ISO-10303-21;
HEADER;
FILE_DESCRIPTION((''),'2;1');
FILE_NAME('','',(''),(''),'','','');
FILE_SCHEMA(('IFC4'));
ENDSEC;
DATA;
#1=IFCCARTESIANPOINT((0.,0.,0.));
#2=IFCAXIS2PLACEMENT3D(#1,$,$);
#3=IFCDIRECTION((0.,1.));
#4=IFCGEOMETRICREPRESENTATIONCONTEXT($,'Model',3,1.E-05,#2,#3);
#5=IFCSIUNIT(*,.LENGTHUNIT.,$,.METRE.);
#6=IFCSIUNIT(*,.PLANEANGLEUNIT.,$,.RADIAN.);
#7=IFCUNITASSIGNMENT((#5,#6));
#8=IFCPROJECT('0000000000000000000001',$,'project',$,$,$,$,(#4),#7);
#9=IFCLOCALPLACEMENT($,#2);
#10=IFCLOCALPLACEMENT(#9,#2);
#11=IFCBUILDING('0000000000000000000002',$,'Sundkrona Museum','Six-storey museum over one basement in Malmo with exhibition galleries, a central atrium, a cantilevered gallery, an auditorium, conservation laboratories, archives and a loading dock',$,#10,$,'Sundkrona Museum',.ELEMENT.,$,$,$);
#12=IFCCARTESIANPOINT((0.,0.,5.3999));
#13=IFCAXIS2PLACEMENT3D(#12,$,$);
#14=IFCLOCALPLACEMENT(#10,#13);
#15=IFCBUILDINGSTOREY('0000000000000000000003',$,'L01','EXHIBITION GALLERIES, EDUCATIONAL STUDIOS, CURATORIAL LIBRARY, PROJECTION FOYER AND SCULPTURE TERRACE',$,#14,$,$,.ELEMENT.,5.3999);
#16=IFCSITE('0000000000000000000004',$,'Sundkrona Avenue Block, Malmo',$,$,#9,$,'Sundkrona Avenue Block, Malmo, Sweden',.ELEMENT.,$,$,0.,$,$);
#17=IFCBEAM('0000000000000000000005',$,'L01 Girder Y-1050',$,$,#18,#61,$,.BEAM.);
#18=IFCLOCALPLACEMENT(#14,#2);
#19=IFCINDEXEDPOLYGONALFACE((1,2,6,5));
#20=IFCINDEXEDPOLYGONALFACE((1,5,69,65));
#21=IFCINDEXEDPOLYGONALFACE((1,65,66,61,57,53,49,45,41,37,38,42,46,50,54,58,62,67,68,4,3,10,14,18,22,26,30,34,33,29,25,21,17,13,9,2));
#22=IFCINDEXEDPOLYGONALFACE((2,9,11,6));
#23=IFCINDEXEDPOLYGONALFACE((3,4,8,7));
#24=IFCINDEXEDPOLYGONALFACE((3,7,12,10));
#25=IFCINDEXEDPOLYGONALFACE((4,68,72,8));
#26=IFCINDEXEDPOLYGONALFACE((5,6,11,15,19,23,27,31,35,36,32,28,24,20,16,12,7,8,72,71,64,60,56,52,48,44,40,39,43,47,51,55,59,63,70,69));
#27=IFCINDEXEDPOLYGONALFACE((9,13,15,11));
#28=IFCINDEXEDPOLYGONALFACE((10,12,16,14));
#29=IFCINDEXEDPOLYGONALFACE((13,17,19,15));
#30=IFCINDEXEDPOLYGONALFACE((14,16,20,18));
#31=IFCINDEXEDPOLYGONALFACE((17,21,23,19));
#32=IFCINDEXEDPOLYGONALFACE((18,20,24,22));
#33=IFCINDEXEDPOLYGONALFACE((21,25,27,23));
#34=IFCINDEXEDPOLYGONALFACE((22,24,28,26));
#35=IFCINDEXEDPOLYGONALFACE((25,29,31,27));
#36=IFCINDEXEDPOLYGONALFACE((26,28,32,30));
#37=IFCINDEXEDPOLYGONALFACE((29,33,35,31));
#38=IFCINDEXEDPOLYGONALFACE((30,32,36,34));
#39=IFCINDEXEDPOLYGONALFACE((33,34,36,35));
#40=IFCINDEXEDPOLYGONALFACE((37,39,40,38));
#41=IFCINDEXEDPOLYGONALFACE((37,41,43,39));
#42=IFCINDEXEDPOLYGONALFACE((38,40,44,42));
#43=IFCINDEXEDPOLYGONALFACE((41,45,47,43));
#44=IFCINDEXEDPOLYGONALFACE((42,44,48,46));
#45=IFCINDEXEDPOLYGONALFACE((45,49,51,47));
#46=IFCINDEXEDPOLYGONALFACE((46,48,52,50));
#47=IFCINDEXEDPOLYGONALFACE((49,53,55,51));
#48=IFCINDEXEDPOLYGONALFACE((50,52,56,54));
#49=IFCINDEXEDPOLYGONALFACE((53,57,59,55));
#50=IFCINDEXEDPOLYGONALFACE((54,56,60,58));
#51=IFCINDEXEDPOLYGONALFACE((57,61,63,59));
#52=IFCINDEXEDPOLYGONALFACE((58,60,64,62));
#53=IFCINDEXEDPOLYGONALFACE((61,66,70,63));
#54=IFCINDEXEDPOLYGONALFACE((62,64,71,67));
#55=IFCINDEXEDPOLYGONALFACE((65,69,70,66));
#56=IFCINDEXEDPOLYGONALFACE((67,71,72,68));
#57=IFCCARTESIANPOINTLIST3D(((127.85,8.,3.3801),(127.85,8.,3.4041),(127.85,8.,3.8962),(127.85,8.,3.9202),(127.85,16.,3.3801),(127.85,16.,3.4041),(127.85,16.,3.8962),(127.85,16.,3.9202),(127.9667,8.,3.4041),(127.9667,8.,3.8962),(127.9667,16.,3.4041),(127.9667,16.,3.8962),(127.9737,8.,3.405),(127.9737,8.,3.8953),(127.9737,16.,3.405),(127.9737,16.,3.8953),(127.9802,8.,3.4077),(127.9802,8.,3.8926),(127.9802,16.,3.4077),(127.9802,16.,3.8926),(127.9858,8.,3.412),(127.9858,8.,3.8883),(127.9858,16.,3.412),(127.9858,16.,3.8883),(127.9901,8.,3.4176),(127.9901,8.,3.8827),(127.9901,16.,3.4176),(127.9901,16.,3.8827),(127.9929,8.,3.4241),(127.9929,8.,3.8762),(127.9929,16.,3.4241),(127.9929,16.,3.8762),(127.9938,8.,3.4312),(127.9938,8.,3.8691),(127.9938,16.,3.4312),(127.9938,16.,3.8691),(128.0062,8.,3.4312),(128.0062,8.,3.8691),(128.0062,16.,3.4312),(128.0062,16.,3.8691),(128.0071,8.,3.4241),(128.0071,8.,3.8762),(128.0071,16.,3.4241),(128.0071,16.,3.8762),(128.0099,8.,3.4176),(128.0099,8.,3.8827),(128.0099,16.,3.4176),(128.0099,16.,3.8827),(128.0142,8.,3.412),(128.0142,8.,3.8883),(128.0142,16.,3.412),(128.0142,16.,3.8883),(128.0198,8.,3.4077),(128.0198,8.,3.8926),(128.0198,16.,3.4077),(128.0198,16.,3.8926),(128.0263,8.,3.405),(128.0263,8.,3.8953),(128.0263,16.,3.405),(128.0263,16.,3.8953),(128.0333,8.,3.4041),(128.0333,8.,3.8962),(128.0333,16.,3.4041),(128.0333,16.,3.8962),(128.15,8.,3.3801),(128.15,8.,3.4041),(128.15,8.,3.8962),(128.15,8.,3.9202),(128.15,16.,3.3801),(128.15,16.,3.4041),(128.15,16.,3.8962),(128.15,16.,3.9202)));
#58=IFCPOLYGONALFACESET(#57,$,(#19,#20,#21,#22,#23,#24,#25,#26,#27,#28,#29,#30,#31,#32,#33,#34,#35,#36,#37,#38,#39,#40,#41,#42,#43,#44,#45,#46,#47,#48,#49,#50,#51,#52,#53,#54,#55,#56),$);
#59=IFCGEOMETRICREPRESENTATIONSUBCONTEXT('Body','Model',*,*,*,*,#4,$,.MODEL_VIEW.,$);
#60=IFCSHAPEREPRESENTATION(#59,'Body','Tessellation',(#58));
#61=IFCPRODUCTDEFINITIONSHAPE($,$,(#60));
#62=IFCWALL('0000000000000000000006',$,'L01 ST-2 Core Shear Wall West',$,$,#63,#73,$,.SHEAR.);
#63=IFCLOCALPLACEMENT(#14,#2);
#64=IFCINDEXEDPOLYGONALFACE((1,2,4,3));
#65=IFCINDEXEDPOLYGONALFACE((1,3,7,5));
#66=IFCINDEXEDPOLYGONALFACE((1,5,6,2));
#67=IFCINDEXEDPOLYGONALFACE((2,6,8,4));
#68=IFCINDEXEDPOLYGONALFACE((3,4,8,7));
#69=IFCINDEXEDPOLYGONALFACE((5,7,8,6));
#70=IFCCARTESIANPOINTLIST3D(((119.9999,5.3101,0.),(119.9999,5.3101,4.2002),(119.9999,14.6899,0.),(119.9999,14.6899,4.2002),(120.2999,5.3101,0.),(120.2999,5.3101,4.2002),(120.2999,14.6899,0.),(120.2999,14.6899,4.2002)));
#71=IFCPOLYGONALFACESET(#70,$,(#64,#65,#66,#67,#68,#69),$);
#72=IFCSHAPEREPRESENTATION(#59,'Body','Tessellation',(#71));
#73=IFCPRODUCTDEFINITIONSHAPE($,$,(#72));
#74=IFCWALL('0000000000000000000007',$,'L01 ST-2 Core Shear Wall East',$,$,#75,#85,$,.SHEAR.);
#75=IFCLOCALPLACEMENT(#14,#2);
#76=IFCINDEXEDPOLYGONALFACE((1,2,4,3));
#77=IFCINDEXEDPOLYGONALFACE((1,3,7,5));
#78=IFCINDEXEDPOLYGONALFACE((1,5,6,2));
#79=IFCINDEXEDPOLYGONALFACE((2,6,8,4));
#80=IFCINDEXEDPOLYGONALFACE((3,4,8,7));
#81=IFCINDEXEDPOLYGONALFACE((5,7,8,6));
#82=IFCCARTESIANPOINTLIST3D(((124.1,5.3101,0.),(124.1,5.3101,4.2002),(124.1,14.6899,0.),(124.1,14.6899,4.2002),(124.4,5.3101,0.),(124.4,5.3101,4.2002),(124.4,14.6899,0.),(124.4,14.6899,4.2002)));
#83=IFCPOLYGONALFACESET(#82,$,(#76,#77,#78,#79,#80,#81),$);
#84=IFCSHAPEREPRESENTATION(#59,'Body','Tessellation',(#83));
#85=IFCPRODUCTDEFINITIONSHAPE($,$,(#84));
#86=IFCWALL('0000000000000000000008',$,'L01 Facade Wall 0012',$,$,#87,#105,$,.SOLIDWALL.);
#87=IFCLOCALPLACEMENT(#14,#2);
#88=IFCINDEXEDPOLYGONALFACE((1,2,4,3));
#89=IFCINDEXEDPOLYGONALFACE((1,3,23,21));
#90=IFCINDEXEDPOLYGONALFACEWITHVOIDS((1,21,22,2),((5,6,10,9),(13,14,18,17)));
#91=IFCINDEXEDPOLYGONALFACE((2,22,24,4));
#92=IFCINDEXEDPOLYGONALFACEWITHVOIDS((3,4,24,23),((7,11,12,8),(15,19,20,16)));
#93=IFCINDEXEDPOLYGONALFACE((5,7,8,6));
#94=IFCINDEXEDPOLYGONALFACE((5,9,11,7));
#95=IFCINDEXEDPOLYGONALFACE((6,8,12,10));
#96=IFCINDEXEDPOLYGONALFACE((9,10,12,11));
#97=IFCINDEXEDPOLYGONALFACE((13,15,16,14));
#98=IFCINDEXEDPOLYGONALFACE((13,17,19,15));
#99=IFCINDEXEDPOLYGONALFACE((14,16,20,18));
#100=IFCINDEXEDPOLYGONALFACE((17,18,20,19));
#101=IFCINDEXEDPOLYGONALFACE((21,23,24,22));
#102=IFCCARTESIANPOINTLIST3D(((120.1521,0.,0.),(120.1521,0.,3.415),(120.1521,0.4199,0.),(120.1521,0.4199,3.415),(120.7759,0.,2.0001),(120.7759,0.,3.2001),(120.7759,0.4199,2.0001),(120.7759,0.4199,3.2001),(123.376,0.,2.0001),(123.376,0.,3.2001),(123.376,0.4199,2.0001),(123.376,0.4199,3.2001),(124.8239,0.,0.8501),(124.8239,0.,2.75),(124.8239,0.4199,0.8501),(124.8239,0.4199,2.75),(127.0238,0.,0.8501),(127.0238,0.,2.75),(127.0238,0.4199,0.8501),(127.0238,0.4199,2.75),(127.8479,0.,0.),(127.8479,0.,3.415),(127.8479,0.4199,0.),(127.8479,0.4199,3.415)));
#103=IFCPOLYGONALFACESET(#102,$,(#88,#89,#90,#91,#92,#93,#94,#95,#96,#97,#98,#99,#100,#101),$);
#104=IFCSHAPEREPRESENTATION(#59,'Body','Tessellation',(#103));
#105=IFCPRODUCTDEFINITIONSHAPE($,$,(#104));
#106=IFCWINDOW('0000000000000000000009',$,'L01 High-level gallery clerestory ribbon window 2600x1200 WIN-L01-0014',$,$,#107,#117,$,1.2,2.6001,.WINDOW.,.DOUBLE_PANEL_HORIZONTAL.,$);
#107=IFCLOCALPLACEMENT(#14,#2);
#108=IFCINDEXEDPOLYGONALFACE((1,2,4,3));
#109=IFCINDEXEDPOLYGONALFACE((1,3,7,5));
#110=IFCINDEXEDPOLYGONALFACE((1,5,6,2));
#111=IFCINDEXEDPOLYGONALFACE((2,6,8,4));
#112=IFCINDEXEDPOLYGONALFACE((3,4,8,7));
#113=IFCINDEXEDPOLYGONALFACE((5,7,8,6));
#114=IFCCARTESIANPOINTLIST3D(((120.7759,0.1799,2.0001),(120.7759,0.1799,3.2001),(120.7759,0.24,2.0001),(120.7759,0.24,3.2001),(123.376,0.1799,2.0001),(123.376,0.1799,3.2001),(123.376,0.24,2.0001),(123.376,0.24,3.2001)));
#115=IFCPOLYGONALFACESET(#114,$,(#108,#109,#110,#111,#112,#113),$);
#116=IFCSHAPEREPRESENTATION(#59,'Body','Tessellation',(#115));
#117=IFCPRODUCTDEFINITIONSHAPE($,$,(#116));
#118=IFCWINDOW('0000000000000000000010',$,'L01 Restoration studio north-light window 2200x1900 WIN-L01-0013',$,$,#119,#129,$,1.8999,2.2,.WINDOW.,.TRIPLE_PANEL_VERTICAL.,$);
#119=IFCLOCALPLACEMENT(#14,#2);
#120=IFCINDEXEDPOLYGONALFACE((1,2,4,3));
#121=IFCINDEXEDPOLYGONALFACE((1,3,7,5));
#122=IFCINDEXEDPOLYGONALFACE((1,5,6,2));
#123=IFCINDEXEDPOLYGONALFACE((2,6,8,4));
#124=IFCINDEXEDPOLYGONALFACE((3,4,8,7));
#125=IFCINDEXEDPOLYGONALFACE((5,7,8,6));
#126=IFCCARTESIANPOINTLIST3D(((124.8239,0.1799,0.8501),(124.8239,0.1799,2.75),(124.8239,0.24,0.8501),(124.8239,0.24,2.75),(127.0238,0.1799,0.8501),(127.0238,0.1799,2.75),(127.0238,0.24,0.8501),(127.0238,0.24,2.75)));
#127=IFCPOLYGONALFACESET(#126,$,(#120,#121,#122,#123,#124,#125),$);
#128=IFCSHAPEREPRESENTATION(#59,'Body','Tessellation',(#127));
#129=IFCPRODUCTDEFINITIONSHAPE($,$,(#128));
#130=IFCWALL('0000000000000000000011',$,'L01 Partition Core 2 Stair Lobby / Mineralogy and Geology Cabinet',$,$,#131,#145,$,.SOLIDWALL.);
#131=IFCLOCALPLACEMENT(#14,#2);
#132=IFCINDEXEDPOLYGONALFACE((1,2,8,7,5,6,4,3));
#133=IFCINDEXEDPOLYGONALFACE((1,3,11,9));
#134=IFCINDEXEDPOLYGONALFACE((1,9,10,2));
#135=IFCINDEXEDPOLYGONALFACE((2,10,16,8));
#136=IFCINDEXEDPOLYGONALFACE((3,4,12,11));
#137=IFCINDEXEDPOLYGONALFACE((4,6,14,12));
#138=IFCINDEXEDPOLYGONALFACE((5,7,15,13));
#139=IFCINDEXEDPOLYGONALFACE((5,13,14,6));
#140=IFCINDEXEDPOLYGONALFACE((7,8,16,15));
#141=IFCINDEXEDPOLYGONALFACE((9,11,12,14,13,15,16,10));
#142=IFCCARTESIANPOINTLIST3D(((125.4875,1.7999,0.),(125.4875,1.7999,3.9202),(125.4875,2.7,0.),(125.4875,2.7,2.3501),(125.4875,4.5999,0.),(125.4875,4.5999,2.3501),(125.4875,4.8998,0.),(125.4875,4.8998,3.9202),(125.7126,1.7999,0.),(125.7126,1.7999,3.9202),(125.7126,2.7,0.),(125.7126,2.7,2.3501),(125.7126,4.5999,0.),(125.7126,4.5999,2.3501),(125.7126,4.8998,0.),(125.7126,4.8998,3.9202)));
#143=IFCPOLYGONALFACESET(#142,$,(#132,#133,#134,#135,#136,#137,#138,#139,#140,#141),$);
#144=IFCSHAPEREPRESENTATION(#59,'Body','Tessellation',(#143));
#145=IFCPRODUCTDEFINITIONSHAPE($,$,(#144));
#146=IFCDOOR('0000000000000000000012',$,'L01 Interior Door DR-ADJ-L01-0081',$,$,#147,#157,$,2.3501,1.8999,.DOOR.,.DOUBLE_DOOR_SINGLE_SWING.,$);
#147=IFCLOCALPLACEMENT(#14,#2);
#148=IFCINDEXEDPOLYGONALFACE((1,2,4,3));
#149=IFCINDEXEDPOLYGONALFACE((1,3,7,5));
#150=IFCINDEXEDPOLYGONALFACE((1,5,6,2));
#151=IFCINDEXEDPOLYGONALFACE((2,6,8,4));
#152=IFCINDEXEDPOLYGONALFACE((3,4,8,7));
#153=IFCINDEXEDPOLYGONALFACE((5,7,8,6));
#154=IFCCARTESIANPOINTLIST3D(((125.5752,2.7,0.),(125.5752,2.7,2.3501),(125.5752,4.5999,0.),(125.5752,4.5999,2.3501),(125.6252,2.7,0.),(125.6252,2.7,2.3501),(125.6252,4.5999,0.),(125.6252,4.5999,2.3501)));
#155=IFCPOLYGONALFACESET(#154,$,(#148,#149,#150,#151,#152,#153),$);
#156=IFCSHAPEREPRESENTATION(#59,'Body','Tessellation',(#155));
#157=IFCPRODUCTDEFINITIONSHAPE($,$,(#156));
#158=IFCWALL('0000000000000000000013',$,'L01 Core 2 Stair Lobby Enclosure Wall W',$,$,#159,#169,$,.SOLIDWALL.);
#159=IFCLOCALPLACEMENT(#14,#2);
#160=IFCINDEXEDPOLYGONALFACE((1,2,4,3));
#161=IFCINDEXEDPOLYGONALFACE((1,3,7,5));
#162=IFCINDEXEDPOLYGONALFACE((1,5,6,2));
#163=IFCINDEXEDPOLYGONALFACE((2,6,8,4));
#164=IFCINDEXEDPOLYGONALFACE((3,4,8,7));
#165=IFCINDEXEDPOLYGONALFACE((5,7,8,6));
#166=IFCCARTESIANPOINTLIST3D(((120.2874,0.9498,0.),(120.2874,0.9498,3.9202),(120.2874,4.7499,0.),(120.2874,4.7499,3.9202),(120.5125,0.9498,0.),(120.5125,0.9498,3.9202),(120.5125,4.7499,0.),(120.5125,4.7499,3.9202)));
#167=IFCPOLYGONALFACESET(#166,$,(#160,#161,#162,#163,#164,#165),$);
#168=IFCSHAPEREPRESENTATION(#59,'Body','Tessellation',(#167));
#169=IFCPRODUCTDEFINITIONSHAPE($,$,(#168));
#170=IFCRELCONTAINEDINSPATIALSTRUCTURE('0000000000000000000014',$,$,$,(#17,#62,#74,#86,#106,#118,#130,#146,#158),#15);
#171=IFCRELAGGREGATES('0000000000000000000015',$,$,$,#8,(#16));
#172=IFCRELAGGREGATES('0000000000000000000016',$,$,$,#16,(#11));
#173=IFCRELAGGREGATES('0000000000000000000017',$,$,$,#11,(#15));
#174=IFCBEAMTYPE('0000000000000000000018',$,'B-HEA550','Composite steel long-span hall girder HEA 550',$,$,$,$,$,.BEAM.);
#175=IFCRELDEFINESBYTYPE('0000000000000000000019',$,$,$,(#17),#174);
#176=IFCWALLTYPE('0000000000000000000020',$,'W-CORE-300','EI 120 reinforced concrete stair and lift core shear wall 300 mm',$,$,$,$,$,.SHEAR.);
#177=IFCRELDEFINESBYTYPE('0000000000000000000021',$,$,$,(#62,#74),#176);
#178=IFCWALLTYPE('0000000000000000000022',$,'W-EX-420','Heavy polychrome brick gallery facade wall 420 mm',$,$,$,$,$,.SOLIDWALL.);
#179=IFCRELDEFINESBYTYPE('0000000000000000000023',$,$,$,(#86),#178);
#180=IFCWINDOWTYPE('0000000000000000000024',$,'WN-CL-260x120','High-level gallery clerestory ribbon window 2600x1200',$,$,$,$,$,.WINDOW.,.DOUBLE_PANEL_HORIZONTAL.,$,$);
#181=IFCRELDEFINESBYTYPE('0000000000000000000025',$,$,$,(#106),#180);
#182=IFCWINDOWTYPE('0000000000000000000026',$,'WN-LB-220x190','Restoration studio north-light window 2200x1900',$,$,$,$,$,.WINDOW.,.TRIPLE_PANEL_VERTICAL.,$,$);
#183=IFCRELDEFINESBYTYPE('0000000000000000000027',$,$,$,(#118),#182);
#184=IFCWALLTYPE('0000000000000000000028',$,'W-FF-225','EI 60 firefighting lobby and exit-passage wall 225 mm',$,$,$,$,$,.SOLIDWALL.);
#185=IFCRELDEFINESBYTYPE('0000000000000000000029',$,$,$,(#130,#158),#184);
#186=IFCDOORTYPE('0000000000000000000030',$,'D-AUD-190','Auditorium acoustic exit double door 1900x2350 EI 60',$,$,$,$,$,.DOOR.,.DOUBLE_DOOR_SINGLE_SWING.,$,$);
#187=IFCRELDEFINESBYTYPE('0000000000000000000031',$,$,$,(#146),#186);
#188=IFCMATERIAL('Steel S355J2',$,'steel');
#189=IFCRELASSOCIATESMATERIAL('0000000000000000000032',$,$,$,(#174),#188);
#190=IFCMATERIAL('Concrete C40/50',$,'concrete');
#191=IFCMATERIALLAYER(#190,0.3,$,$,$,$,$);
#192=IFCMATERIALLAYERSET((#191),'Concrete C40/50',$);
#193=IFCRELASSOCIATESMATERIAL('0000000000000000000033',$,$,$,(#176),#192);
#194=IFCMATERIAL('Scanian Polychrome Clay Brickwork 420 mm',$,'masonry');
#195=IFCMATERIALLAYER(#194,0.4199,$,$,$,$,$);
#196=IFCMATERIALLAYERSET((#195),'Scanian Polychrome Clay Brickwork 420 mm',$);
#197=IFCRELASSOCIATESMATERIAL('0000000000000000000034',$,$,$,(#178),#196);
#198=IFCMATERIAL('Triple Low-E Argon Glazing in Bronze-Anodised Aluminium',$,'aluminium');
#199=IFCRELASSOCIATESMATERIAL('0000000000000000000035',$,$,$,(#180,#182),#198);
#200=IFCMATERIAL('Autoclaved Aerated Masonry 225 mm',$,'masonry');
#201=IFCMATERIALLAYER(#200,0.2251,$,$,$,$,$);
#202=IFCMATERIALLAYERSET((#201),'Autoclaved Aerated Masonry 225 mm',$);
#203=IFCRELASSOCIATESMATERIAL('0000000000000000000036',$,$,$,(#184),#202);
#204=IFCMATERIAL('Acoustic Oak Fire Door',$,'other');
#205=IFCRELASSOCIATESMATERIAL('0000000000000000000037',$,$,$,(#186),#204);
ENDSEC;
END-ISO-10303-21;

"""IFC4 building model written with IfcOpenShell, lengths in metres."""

from ifc_helpers import new_model, si_unit, direction, frame, frame_2d, origin, origin_2d, place, context, subcontext, project, spatial, rectangle, i_section, extrude, material, layer, layer_set, material_profile, profile_set, type_object, element, fill, save


model = new_model("IFC4")

# Units and contexts
model_context = context("Model", 3, precision=1e-05, world=origin(), true_north=direction((0.0, 1.0)))
body_context = subcontext(model_context, "Body", "Model", "MODEL_VIEW")
ifc_project = project(units=[si_unit("LENGTHUNIT", "METRE"), si_unit("PLANEANGLEUNIT", "RADIAN")], contexts=[model_context])

# Site, building, storey
site_placement = place(None, origin())
site = spatial("IfcSite", under=ifc_project, at=site_placement, Name="Sundkrona Avenue Block, Malmo", LongName="Sundkrona Avenue Block, Malmo, Sweden", CompositionType="ELEMENT", RefElevation=0.0)
building_placement = place(site_placement, origin())
building = spatial("IfcBuilding", under=site, at=building_placement, Name="Sundkrona Museum", Description="Six-storey museum over one basement in Malmo with exhibition galleries, a central atrium, a cantilevered gallery, an auditorium, conservation laboratories, archives and a loading dock", LongName="Sundkrona Museum", CompositionType="ELEMENT")
storey_placement = place(building_placement, frame((0.0, 0.0, 5.3999)))
storey = spatial("IfcBuildingStorey", under=building, at=storey_placement, Name="L01", Description="EXHIBITION GALLERIES, EDUCATIONAL STUDIOS, CURATORIAL LIBRARY, PROJECTION FOYER AND SCULPTURE TERRACE", CompositionType="ELEMENT", Elevation=5.3999)

# Shared definitions
ifc_material_1 = material(Name="Steel S355J2", Category="steel")

# Beam
ifc_material_profile_1 = material_profile(ifc_material_1, i_section(OverallWidth=0.3, OverallDepth=0.54, WebThickness=0.0125, FlangeThickness=0.0239, FilletRadius=0.0271, at=origin_2d()), Name="HEA 550")
ifc_profile_set_1 = profile_set([ifc_material_profile_1], Name="Steel S355J2")
beam_type = type_object("IfcBeamType", Name="B-HEA550", Description="Composite steel long-span hall girder HEA 550", PredefinedType="BEAM", material=ifc_profile_set_1)
for number, where, z_axis, x_axis, name in (
    (1, (128.0, 8.0, 3.6501), (0.0, 1.0, 0.0), (-1.0, 0.0, 0.0), "L01 Girder Y-1050"),
):
    element("IfcBeam", number, at=place(storey_placement, frame(where, z_axis=z_axis, x_axis=x_axis)), inside=storey, type_object=beam_type, Name=name, PredefinedType="BEAM", context=body_context, shape_type="SweptSolid", body=[
        extrude(i_section(OverallWidth=0.3, OverallDepth=0.54, WebThickness=0.0125, FlangeThickness=0.0239, FilletRadius=0.0271, at=origin_2d()), origin(), (0.0, 0.0, 1.0), 8.0),
    ])

# Walls
ifc_material_2 = material(Name="Concrete C40/50", Category="concrete")
ifc_layer_1 = layer(ifc_material_2, 0.3)
ifc_layer_set_1 = layer_set([ifc_layer_1], Name="Concrete C40/50")
wall_type_1 = type_object("IfcWallType", Name="W-CORE-300", Description="EI 120 reinforced concrete stair and lift core shear wall 300 mm", PredefinedType="SHEAR", material=ifc_layer_set_1)
for number, where, z_axis, x_axis, name in (
    (2, (120.1499, 5.3101, 0.0), (0.0, 0.0, 1.0), (0.0, 1.0, 0.0), "L01 ST-2 Core Shear Wall West"),
    (3, (124.25, 5.3101, 0.0), (0.0, 0.0, 1.0), (0.0, 1.0, 0.0), "L01 ST-2 Core Shear Wall East"),
):
    element("IfcWall", number, at=place(storey_placement, frame(where, z_axis=z_axis, x_axis=x_axis)), inside=storey, type_object=wall_type_1, Name=name, PredefinedType="SHEAR", context=body_context, shape_type="SweptSolid", body=[
        extrude(rectangle(XDim=9.3799, YDim=0.3, at=frame_2d((4.6899, 0.0))), origin(), (0.0, 0.0, 1.0), 4.2002),
    ])

# Wall, openings, windows
ifc_material_3 = material(Name="Scanian Polychrome Clay Brickwork 420 mm", Category="masonry")
ifc_layer_2 = layer(ifc_material_3, 0.4199)
ifc_layer_set_2 = layer_set([ifc_layer_2], Name="Scanian Polychrome Clay Brickwork 420 mm")
wall_type_2 = type_object("IfcWallType", Name="W-EX-420", Description="Heavy polychrome brick gallery facade wall 420 mm", PredefinedType="SOLIDWALL", material=ifc_layer_set_2)
wall_1_placement = place(storey_placement, frame((127.8479, 0.21, 0.0), z_axis=(0.0, 0.0, 1.0), x_axis=(-1.0, 0.0, 0.0)))
wall_1 = element("IfcWall", 4, at=wall_1_placement, inside=storey, type_object=wall_type_2, Name="L01 Facade Wall 0012", PredefinedType="SOLIDWALL", context=body_context, shape_type="SweptSolid", body=[
    extrude(rectangle(XDim=7.6958, YDim=0.4199, at=frame_2d((3.8479, 0.0))), origin(), (0.0, 0.0, 1.0), 3.415),
])
opening_1_placement = place(wall_1_placement, frame((0.824, 0.0, 0.8501)))
opening_1 = element("IfcOpeningElement", 5, at=opening_1_placement, cuts=wall_1, PredefinedType="OPENING", context=body_context, shape_type="SweptSolid", body=[
    extrude(rectangle(XDim=2.2, YDim=1.8999, at=frame_2d((1.1001, 0.95))), frame((0.0, 0.22, 0.0), z_axis=(0.0, -1.0, 0.0), x_axis=(1.0, 0.0, 0.0)), (0.0, 0.0, 1.0), 0.4399),
])
opening_2_placement = place(wall_1_placement, frame((4.4719, 0.0, 2.0)))
opening_2 = element("IfcOpeningElement", 6, at=opening_2_placement, cuts=wall_1, PredefinedType="OPENING", context=body_context, shape_type="SweptSolid", body=[
    extrude(rectangle(XDim=2.6001, YDim=1.2, at=frame_2d((1.3, 0.6001))), frame((0.0, 0.22, 0.0), z_axis=(0.0, -1.0, 0.0), x_axis=(1.0, 0.0, 0.0)), (0.0, 0.0, 1.0), 0.4399),
])
ifc_material_4 = material(Name="Triple Low-E Argon Glazing in Bronze-Anodised Aluminium", Category="aluminium")
window_type_1 = type_object("IfcWindowType", Name="WN-CL-260x120", Description="High-level gallery clerestory ribbon window 2600x1200", PartitioningType="DOUBLE_PANEL_HORIZONTAL", PredefinedType="WINDOW", material=ifc_material_4)
window_1_placement = place(opening_2_placement, origin())
window_1 = element("IfcWindow", 7, at=window_1_placement, inside=storey, type_object=window_type_1, Name="L01 High-level gallery clerestory ribbon window 2600x1200 WIN-L01-0014", OverallHeight=1.2, OverallWidth=2.6001, PartitioningType="DOUBLE_PANEL_HORIZONTAL", PredefinedType="WINDOW", context=body_context, shape_type="SweptSolid", body=[
    extrude(rectangle(XDim=2.6001, YDim=1.2, at=frame_2d((1.3, 0.6001))), frame((0.0, 0.03, 0.0), z_axis=(0.0, -1.0, 0.0), x_axis=(1.0, 0.0, 0.0)), (0.0, 0.0, 1.0), 0.0601),
])
fill(opening_2, window_1)
window_type_2 = type_object("IfcWindowType", Name="WN-LB-220x190", Description="Restoration studio north-light window 2200x1900", PartitioningType="TRIPLE_PANEL_VERTICAL", PredefinedType="WINDOW", material=ifc_material_4)
window_2_placement = place(opening_1_placement, origin())
window_2 = element("IfcWindow", 8, at=window_2_placement, inside=storey, type_object=window_type_2, Name="L01 Restoration studio north-light window 2200x1900 WIN-L01-0013", OverallHeight=1.8999, OverallWidth=2.2, PartitioningType="TRIPLE_PANEL_VERTICAL", PredefinedType="WINDOW", context=body_context, shape_type="SweptSolid", body=[
    extrude(rectangle(XDim=2.2, YDim=1.8999, at=frame_2d((1.1001, 0.95))), frame((0.0, 0.03, 0.0), z_axis=(0.0, -1.0, 0.0), x_axis=(1.0, 0.0, 0.0)), (0.0, 0.0, 1.0), 0.0601),
])
fill(opening_1, window_2)

# Wall, opening, door
ifc_material_5 = material(Name="Autoclaved Aerated Masonry 225 mm", Category="masonry")
ifc_layer_3 = layer(ifc_material_5, 0.2251)
ifc_layer_set_3 = layer_set([ifc_layer_3], Name="Autoclaved Aerated Masonry 225 mm")
wall_type_3 = type_object("IfcWallType", Name="W-FF-225", Description="EI 60 firefighting lobby and exit-passage wall 225 mm", PredefinedType="SOLIDWALL", material=ifc_layer_set_3)
wall_2_placement = place(storey_placement, frame((125.6001, 1.8, 0.0), z_axis=(0.0, 0.0, 1.0), x_axis=(0.0, 1.0, 0.0)))
wall_2 = element("IfcWall", 9, at=wall_2_placement, inside=storey, type_object=wall_type_3, Name="L01 Partition Core 2 Stair Lobby / Mineralogy and Geology Cabinet", PredefinedType="SOLIDWALL", context=body_context, shape_type="SweptSolid", body=[
    extrude(rectangle(XDim=3.0999, YDim=0.2251, at=frame_2d((1.5498, 0.0))), origin(), (0.0, 0.0, 1.0), 3.9202),
])
opening_3_placement = place(wall_2_placement, frame((0.8999, 0.0, 0.0)))
opening_3 = element("IfcOpeningElement", 10, at=opening_3_placement, cuts=wall_2, PredefinedType="OPENING", context=body_context, shape_type="SweptSolid", body=[
    extrude(rectangle(XDim=1.8999, YDim=2.3501, at=frame_2d((0.95, 1.175))), frame((0.0, 0.1226, 0.0), z_axis=(0.0, -1.0, 0.0), x_axis=(1.0, 0.0, 0.0)), (0.0, 0.0, 1.0), 0.2451),
])
ifc_material_6 = material(Name="Acoustic Oak Fire Door", Category="other")
door_type = type_object("IfcDoorType", Name="D-AUD-190", Description="Auditorium acoustic exit double door 1900x2350 EI 60", OperationType="DOUBLE_DOOR_SINGLE_SWING", PredefinedType="DOOR", material=ifc_material_6)
door_placement = place(opening_3_placement, origin())
door = element("IfcDoor", 11, at=door_placement, inside=storey, type_object=door_type, Name="L01 Interior Door DR-ADJ-L01-0081", OperationType="DOUBLE_DOOR_SINGLE_SWING", OverallHeight=2.3501, OverallWidth=1.8999, PredefinedType="DOOR", context=body_context, shape_type="SweptSolid", body=[
    extrude(rectangle(XDim=1.8999, YDim=2.3501, at=frame_2d((0.95, 1.175))), frame((0.0, 0.0249, 0.0), z_axis=(0.0, -1.0, 0.0), x_axis=(1.0, 0.0, 0.0)), (0.0, 0.0, 1.0), 0.05),
])
fill(opening_3, door)

# Wall
wall_3_placement = place(storey_placement, frame((120.3999, 0.95, 0.0), z_axis=(0.0, 0.0, 1.0), x_axis=(0.0, 1.0, 0.0)))
element("IfcWall", 12, at=wall_3_placement, inside=storey, type_object=wall_type_3, Name="L01 Core 2 Stair Lobby Enclosure Wall W", PredefinedType="SOLIDWALL", context=body_context, shape_type="SweptSolid", body=[
    extrude(rectangle(XDim=3.8, YDim=0.2251, at=frame_2d((1.8999, 0.0))), origin(), (0.0, 0.0, 1.0), 3.9202),
])

save(model, "model.ifc")
